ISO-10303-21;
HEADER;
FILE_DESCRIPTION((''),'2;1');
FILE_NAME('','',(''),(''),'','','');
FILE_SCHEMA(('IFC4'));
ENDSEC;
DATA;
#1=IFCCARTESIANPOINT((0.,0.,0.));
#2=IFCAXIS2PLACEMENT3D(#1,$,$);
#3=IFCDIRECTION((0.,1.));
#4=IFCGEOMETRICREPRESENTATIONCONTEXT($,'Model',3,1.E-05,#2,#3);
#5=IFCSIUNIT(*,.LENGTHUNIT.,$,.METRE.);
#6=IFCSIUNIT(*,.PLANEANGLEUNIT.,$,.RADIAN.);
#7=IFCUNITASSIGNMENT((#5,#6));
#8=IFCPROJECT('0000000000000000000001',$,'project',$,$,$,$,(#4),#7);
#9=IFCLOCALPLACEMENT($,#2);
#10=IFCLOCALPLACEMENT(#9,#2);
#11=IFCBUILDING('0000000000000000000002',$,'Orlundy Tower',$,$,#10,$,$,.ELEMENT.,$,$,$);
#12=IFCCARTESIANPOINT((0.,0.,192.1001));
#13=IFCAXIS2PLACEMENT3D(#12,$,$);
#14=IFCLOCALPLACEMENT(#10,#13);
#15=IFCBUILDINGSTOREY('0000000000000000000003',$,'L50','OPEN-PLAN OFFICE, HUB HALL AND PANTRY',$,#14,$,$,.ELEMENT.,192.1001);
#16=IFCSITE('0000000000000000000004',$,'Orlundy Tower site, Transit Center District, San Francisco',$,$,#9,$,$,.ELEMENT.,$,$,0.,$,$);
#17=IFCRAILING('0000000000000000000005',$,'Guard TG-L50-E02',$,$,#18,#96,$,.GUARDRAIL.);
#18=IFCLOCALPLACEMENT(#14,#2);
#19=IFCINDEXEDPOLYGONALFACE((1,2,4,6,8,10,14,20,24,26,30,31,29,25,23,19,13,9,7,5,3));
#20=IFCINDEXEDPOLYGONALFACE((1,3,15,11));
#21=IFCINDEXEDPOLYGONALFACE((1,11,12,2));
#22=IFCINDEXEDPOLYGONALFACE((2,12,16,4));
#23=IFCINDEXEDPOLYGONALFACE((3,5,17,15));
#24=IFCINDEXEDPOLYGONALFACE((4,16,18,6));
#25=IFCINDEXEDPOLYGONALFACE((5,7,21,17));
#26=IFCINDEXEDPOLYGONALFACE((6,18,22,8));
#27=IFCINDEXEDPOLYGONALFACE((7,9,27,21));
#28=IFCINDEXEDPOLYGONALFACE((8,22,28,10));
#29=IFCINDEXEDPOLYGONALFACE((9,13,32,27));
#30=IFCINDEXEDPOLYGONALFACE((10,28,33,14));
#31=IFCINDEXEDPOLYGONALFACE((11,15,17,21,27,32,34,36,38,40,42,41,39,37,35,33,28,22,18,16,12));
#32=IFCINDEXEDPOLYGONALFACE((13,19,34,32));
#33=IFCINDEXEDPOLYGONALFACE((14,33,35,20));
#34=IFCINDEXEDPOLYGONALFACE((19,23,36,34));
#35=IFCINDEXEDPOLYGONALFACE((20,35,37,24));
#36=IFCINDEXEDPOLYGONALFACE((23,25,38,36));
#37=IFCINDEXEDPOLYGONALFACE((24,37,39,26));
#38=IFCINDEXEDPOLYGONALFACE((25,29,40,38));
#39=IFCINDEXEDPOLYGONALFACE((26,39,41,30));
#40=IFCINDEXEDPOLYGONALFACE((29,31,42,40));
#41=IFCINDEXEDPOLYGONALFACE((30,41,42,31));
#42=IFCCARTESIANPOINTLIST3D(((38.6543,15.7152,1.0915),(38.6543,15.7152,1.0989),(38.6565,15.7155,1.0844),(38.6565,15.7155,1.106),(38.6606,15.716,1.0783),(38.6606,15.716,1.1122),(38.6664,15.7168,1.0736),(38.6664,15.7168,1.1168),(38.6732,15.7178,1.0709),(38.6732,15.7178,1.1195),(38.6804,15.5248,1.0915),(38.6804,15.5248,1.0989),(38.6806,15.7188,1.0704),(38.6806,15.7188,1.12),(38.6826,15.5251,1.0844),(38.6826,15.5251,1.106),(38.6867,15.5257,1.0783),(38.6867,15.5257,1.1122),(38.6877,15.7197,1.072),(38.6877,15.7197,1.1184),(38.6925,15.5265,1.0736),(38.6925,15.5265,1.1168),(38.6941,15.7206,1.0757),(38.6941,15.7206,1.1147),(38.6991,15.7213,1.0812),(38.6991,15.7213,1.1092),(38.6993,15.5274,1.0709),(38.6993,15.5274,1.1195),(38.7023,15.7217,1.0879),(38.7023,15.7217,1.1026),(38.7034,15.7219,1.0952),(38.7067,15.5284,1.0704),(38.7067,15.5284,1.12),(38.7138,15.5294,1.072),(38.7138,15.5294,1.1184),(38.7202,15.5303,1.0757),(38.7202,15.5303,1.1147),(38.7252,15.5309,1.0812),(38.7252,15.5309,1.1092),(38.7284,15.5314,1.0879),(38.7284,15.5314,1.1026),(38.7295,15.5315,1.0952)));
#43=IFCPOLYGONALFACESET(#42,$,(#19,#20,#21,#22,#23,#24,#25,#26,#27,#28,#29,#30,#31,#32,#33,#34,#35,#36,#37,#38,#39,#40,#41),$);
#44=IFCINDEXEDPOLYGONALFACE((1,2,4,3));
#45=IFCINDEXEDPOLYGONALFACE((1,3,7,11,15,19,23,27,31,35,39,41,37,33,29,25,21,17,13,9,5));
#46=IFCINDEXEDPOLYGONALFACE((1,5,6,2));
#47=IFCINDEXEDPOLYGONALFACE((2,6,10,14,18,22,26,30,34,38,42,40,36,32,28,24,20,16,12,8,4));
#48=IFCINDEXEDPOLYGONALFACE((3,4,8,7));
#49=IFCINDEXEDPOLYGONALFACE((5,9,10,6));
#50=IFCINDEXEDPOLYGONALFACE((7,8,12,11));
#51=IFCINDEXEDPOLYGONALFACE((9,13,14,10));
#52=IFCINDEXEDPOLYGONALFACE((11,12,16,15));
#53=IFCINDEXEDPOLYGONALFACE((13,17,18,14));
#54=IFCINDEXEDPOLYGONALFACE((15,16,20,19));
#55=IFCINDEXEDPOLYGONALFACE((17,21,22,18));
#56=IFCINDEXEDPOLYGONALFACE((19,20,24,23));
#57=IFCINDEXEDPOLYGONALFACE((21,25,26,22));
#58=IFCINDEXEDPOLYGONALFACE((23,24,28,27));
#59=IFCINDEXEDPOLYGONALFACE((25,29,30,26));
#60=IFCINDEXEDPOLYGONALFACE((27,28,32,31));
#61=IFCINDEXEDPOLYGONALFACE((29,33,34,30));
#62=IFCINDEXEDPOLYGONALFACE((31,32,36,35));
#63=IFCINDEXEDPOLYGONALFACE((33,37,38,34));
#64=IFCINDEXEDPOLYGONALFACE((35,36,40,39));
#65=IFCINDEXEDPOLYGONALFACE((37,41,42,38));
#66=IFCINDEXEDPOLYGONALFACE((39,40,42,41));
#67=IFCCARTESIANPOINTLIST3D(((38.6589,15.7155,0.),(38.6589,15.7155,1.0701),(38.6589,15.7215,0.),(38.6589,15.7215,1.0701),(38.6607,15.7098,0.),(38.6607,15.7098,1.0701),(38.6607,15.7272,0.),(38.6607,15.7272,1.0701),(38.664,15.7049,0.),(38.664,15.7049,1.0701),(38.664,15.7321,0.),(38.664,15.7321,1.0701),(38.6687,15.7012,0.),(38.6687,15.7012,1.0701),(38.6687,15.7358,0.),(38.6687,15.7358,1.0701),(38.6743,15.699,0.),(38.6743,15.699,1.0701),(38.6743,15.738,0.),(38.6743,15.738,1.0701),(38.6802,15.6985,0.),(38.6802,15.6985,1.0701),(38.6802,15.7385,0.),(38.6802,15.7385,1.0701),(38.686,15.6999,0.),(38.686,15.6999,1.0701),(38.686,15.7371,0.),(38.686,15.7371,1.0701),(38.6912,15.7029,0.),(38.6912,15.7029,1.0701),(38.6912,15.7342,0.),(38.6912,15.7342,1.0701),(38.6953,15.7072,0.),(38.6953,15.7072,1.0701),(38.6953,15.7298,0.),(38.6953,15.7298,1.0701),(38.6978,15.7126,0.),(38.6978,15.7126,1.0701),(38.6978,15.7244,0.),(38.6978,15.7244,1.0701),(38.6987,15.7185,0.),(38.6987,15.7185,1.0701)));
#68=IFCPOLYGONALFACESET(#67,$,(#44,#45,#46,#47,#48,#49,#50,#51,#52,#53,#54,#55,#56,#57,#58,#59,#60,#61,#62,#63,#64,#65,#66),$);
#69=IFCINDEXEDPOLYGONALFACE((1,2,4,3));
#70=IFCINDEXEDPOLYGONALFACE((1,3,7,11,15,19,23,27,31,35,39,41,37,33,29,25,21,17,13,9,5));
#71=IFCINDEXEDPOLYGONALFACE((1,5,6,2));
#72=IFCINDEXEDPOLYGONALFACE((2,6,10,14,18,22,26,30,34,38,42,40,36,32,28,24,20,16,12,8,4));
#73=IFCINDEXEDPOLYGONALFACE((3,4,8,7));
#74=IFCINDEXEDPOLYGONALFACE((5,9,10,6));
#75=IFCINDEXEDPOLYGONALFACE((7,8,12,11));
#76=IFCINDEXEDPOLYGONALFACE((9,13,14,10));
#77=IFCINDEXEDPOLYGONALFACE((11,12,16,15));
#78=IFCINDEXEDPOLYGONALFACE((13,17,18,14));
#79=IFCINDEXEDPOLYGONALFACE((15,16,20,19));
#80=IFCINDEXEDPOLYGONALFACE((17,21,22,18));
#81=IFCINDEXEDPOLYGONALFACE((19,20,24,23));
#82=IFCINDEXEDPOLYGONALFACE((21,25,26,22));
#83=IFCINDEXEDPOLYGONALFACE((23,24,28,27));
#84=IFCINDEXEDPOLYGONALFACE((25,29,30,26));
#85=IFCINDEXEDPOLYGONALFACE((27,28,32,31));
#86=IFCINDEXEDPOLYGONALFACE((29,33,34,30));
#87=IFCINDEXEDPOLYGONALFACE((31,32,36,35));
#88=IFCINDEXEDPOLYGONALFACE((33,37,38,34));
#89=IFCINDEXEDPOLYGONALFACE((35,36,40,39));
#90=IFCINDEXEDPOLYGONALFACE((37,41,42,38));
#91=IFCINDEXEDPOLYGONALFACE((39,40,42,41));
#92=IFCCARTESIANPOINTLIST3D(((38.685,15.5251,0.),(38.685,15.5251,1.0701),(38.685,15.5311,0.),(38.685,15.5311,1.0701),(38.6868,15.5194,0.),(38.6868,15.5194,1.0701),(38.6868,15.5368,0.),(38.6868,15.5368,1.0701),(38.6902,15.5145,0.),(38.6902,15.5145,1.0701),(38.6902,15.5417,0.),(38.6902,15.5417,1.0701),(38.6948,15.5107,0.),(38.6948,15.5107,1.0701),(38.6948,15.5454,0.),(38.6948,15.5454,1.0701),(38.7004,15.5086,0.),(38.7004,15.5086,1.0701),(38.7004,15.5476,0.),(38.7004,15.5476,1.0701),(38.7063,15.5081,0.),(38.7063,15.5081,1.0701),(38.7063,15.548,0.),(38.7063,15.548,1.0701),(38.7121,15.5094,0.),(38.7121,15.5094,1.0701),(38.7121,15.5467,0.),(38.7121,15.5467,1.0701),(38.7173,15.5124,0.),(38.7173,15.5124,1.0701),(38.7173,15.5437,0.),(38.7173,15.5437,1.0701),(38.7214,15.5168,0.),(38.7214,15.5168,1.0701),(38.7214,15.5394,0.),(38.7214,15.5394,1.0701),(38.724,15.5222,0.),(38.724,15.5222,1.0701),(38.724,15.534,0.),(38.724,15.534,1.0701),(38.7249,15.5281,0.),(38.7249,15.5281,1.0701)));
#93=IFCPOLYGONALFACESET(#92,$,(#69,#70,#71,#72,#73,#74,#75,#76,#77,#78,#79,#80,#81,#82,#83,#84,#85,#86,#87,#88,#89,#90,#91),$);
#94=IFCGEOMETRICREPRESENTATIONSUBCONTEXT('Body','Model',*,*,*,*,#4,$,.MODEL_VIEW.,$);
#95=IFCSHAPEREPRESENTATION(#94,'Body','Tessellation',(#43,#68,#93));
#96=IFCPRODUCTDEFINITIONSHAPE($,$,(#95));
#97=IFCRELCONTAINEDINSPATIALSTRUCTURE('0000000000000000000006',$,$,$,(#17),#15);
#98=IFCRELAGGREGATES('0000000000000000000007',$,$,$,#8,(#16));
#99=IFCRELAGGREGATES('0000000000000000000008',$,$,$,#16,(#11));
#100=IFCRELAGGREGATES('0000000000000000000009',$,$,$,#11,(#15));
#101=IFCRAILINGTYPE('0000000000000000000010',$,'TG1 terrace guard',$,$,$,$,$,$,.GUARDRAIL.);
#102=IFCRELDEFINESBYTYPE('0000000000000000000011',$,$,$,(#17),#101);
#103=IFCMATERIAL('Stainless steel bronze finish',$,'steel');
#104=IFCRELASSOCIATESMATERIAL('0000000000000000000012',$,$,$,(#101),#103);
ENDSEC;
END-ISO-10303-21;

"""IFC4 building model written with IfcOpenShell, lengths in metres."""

from ifc_helpers import new_model, si_unit, direction, frame, origin, origin_2d, place, context, subcontext, project, spatial, circle, extrude, material, type_object, element, save


model = new_model("IFC4")

# Units and contexts
model_context = context("Model", 3, precision=1e-05, world=origin(), true_north=direction((0.0, 1.0)))
body_context = subcontext(model_context, "Body", "Model", "MODEL_VIEW")
ifc_project = project(units=[si_unit("LENGTHUNIT", "METRE"), si_unit("PLANEANGLEUNIT", "RADIAN")], contexts=[model_context])

# Site, building, storey
site_placement = place(None, origin())
site = spatial("IfcSite", under=ifc_project, at=site_placement, Name="Orlundy Tower site, Transit Center District, San Francisco", CompositionType="ELEMENT", RefElevation=0.0)
building_placement = place(site_placement, origin())
building = spatial("IfcBuilding", under=site, at=building_placement, Name="Orlundy Tower", CompositionType="ELEMENT")
storey_placement = place(building_placement, frame((0.0, 0.0, 192.1001)))
storey = spatial("IfcBuildingStorey", under=building, at=storey_placement, Name="L50", Description="OPEN-PLAN OFFICE, HUB HALL AND PANTRY", CompositionType="ELEMENT", Elevation=192.1001)

# Railing
ifc_material_1 = material(Name="Stainless steel bronze finish", Category="steel")
railing_type = type_object("IfcRailingType", Name="TG1 terrace guard", PredefinedType="GUARDRAIL", material=ifc_material_1)
railing_placement = place(storey_placement, frame((38.6787, 15.7185, 0.0)))
element("IfcRailing", 1, at=railing_placement, inside=storey, type_object=railing_type, Name="Guard TG-L50-E02", PredefinedType="GUARDRAIL", context=body_context, shape_type="SweptSolid", body=[
    extrude(circle(Radius=0.0249, at=origin_2d()), frame((0.0, 0.0, 1.0952), z_axis=(0.135907, -0.990722, 0.0), x_axis=(0.990722, 0.135907, 0.0)), (0.0, 0.0, 1.0), 0.1921),
    extrude(circle(Radius=0.02, at=origin_2d()), origin(), (0.0, 0.0, 1.0), 1.0701),
    extrude(circle(Radius=0.02, at=origin_2d()), frame((0.0261, -0.1904, 0.0)), (0.0, 0.0, 1.0), 1.0701),
])

save(model, "model.ifc")
